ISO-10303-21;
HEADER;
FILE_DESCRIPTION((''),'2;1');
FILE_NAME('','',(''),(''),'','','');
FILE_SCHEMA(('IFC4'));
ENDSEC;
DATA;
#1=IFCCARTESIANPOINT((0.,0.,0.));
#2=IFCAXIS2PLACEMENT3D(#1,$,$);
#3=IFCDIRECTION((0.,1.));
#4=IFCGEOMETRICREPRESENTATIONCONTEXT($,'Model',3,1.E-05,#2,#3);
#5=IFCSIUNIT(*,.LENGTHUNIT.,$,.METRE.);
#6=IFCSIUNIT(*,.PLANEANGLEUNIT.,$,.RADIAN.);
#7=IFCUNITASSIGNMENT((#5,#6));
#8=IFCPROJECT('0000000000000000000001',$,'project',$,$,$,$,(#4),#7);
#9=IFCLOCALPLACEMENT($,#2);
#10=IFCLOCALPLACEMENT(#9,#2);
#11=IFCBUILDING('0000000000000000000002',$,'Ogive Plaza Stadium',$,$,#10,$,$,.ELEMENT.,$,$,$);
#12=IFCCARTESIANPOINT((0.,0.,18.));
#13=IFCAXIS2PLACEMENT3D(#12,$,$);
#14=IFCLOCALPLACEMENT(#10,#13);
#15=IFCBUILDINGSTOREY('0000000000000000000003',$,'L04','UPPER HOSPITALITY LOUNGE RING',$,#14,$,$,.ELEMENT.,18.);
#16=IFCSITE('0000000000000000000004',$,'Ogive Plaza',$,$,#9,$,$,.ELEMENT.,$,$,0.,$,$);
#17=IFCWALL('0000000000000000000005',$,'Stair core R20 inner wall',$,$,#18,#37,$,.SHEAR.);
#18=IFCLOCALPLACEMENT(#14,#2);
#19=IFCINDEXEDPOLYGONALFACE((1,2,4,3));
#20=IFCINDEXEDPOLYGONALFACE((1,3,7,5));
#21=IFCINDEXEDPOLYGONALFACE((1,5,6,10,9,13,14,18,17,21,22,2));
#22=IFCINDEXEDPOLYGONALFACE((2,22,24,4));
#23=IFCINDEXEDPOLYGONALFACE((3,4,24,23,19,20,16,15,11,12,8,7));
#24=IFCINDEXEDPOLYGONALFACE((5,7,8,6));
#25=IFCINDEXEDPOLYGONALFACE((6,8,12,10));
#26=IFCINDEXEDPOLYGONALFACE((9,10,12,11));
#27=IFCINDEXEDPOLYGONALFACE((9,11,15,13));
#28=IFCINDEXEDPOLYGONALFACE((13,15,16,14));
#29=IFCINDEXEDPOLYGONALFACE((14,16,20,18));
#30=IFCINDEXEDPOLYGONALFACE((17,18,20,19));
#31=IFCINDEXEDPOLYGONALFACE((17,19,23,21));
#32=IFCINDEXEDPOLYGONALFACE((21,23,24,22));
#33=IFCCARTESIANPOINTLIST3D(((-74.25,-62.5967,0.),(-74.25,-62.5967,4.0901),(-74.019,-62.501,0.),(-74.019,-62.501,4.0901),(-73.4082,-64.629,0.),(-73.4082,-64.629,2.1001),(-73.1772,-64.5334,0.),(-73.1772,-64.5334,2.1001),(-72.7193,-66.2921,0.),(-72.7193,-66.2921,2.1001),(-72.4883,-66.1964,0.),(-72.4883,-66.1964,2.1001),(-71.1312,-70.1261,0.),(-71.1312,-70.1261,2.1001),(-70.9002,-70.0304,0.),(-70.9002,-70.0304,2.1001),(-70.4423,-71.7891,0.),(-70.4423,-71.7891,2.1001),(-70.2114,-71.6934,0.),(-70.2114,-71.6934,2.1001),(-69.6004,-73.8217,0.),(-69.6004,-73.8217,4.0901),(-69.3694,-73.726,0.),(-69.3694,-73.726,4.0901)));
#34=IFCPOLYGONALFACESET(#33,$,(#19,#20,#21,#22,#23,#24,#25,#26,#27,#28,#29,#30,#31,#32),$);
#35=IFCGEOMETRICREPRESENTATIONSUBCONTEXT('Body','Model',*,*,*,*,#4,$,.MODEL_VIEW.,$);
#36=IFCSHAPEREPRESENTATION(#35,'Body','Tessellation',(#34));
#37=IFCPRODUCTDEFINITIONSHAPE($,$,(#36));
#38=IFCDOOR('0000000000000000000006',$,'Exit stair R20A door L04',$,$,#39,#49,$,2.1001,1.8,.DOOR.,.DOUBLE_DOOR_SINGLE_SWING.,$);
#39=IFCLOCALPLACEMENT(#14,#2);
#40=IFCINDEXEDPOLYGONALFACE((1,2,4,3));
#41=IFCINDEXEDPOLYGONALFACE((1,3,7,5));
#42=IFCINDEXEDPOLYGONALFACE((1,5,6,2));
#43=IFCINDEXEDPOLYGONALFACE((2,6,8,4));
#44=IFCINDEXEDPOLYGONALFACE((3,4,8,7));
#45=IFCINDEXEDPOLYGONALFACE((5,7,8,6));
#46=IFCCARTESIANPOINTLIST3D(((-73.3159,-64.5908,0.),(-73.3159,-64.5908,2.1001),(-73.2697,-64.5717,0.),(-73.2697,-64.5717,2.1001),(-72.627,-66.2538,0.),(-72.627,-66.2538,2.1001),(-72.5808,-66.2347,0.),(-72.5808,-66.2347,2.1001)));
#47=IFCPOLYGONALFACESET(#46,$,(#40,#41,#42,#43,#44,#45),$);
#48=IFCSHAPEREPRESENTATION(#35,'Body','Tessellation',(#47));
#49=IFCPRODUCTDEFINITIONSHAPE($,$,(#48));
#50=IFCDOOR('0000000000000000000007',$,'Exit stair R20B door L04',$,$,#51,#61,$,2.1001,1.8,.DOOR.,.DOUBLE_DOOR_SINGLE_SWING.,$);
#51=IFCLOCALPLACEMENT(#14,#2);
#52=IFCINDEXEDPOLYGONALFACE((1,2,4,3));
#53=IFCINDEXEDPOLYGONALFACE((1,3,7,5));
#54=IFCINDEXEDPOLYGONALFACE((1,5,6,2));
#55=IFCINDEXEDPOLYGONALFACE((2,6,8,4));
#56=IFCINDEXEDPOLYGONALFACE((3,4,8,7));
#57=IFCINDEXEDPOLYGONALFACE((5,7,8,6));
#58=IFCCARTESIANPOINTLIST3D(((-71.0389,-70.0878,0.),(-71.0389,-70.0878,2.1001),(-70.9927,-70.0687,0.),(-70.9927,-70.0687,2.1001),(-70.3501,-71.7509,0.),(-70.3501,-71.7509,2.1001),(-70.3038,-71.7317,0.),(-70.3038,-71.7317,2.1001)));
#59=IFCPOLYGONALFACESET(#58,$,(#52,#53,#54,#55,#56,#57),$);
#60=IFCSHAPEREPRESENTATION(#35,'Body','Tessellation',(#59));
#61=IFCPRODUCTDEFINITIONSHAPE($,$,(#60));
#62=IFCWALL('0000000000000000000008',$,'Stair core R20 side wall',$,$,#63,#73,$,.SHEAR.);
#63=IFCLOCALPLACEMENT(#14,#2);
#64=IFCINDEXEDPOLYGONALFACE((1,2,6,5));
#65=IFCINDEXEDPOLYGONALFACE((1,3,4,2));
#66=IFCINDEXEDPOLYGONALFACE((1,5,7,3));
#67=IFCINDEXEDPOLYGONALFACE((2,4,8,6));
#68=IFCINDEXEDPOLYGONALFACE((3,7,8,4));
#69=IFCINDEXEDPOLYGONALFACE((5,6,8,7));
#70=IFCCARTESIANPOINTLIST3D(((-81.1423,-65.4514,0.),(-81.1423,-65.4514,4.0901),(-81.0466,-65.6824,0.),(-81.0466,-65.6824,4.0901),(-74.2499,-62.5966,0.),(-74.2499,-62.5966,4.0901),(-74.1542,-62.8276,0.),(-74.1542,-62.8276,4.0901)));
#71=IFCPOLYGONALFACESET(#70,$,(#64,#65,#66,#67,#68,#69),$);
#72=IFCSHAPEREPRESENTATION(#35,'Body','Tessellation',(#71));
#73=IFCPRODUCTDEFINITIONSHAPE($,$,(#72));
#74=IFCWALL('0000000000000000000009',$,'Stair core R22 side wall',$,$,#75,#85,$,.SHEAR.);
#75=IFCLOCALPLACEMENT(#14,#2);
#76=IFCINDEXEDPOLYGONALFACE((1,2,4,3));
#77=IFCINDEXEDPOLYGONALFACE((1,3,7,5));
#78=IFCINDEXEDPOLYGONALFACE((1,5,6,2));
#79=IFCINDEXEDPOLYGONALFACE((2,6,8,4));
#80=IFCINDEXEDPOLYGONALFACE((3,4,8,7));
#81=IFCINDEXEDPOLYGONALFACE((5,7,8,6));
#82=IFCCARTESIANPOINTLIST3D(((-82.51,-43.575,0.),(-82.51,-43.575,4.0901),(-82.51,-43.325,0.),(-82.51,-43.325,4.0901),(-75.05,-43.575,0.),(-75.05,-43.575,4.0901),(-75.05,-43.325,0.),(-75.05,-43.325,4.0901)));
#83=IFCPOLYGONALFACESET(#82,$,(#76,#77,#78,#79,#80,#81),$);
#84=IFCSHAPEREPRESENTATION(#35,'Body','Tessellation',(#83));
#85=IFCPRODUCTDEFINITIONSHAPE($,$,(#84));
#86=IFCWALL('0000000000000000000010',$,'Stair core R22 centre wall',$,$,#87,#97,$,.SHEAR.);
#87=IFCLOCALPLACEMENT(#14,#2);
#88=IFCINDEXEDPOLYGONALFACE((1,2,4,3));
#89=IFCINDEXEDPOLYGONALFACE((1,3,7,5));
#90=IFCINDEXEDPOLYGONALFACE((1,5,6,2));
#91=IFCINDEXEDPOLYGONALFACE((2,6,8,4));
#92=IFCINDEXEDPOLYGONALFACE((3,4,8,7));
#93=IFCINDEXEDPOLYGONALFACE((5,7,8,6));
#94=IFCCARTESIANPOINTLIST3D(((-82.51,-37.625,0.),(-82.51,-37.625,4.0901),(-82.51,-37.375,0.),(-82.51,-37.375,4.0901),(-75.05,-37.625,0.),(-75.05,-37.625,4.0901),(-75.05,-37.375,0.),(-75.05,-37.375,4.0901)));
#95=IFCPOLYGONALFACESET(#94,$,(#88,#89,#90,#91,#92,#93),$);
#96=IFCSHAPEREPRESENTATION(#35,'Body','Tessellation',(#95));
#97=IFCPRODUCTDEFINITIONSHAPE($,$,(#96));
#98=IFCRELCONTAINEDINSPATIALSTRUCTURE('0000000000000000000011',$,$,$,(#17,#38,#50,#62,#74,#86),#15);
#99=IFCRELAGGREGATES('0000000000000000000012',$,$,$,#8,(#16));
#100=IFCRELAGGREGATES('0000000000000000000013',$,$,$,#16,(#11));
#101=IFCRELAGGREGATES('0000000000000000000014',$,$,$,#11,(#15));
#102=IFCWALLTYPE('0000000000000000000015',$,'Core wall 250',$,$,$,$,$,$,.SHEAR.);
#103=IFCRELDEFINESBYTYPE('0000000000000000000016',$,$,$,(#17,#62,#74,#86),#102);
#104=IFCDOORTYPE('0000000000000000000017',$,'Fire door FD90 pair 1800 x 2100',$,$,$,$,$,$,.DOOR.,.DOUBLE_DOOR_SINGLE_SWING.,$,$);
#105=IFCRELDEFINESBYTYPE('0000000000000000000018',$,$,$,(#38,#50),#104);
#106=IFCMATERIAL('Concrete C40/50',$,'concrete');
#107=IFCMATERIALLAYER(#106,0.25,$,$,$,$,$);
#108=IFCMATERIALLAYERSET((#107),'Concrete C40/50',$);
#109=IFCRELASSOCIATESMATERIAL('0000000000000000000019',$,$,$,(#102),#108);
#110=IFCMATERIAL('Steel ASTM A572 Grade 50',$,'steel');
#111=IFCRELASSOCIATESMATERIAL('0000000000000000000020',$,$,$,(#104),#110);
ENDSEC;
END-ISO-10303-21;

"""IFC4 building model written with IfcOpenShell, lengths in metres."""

from ifc_helpers import new_model, si_unit, direction, frame, frame_2d, origin, place, context, subcontext, project, spatial, rectangle, extrude, material, layer, layer_set, type_object, element, fill, save


model = new_model("IFC4")

# Units and contexts
model_context = context("Model", 3, precision=1e-05, world=origin(), true_north=direction((0.0, 1.0)))
body_context = subcontext(model_context, "Body", "Model", "MODEL_VIEW")
ifc_project = project(units=[si_unit("LENGTHUNIT", "METRE"), si_unit("PLANEANGLEUNIT", "RADIAN")], contexts=[model_context])

# Site, building, storey
site_placement = place(None, origin())
site = spatial("IfcSite", under=ifc_project, at=site_placement, Name="Ogive Plaza", CompositionType="ELEMENT", RefElevation=0.0)
building_placement = place(site_placement, origin())
building = spatial("IfcBuilding", under=site, at=building_placement, Name="Ogive Plaza Stadium", CompositionType="ELEMENT")
storey_placement = place(building_placement, frame((0.0, 0.0, 18.0)))
storey = spatial("IfcBuildingStorey", under=building, at=storey_placement, Name="L04", Description="UPPER HOSPITALITY LOUNGE RING", CompositionType="ELEMENT", Elevation=18.0)

# Wall, openings, doors
ifc_material_1 = material(Name="Concrete C40/50", Category="concrete")
ifc_layer_1 = layer(ifc_material_1, 0.25)
ifc_layer_set_1 = layer_set([ifc_layer_1], Name="Concrete C40/50")
wall_type = type_object("IfcWallType", Name="Core wall 250", PredefinedType="SHEAR", material=ifc_layer_set_1)
wall_1_placement = place(storey_placement, frame((-74.1345, -62.5488, 0.0), z_axis=(0.0, 0.0, 1.0), x_axis=(0.382688, -0.923877, 0.0)))
wall_1 = element("IfcWall", 1, at=wall_1_placement, inside=storey, type_object=wall_type, Name="Stair core R20 inner wall", PredefinedType="SHEAR", context=body_context, shape_type="SweptSolid", body=[
    extrude(rectangle(XDim=12.1499, YDim=0.25, at=frame_2d((6.075, 0.0))), origin(), (0.0, 0.0, 1.0), 4.0901),
])
opening_1_placement = place(wall_1_placement, frame((2.2, 0.0, 0.0)))
opening_1 = element("IfcOpeningElement", 2, at=opening_1_placement, cuts=wall_1, PredefinedType="OPENING", context=body_context, shape_type="SweptSolid", body=[
    extrude(rectangle(XDim=1.8, YDim=2.1001, at=frame_2d((0.8999, 1.05))), frame((0.0, 0.125, 0.0), z_axis=(0.0, -1.0, 0.0), x_axis=(1.0, 0.0, 0.0)), (0.0, 0.0, 1.0), 0.25),
])
opening_2_placement = place(wall_1_placement, frame((8.1499, 0.0, 0.0)))
opening_2 = element("IfcOpeningElement", 3, at=opening_2_placement, cuts=wall_1, PredefinedType="OPENING", context=body_context, shape_type="SweptSolid", body=[
    extrude(rectangle(XDim=1.8, YDim=2.1001, at=frame_2d((0.8999, 1.05))), frame((0.0, 0.125, 0.0), z_axis=(0.0, -1.0, 0.0), x_axis=(1.0, 0.0, 0.0)), (0.0, 0.0, 1.0), 0.25),
])
ifc_material_2 = material(Name="Steel ASTM A572 Grade 50", Category="steel")
door_type = type_object("IfcDoorType", Name="Fire door FD90 pair 1800 x 2100", OperationType="DOUBLE_DOOR_SINGLE_SWING", PredefinedType="DOOR", material=ifc_material_2)
door_1_placement = place(opening_1_placement, origin())
door_1 = element("IfcDoor", 4, at=door_1_placement, inside=storey, type_object=door_type, Name="Exit stair R20A door L04", OperationType="DOUBLE_DOOR_SINGLE_SWING", OverallHeight=2.1001, OverallWidth=1.8, PredefinedType="DOOR", context=body_context, shape_type="SweptSolid", body=[
    extrude(rectangle(XDim=1.8, YDim=2.1001, at=frame_2d((0.8999, 1.05))), frame((0.0, 0.0249, 0.0), z_axis=(0.0, -1.0, 0.0), x_axis=(1.0, 0.0, 0.0)), (0.0, 0.0, 1.0), 0.05),
])
fill(opening_1, door_1)
door_2_placement = place(opening_2_placement, origin())
door_2 = element("IfcDoor", 5, at=door_2_placement, inside=storey, type_object=door_type, Name="Exit stair R20B door L04", OperationType="DOUBLE_DOOR_SINGLE_SWING", OverallHeight=2.1001, OverallWidth=1.8, PredefinedType="DOOR", context=body_context, shape_type="SweptSolid", body=[
    extrude(rectangle(XDim=1.8, YDim=2.1001, at=frame_2d((0.8999, 1.05))), frame((0.0, 0.0249, 0.0), z_axis=(0.0, -1.0, 0.0), x_axis=(1.0, 0.0, 0.0)), (0.0, 0.0, 1.0), 0.05),
])
fill(opening_2, door_2)

# Walls
wall_2_placement = place(storey_placement, frame((-74.2021, -62.7122, 0.0), z_axis=(0.0, 0.0, 1.0), x_axis=(-0.923887, -0.382665, 0.0)))
element("IfcWall", 6, at=wall_2_placement, inside=storey, type_object=wall_type, Name="Stair core R20 side wall", PredefinedType="SHEAR", context=body_context, shape_type="SweptSolid", body=[
    extrude(rectangle(XDim=7.4602, YDim=0.25, at=frame_2d((3.73, 0.0))), origin(), (0.0, 0.0, 1.0), 4.0901),
])
for number, where, z_axis, x_axis, name in (
    (7, (-75.05, -43.45, 0.0), (0.0, 0.0, 1.0), (-1.0, 0.0, 0.0), "Stair core R22 side wall"),
    (8, (-75.05, -37.5, 0.0), (0.0, 0.0, 1.0), (-1.0, 0.0, 0.0), "Stair core R22 centre wall"),
):
    element("IfcWall", number, at=place(storey_placement, frame(where, z_axis=z_axis, x_axis=x_axis)), inside=storey, type_object=wall_type, Name=name, PredefinedType="SHEAR", context=body_context, shape_type="SweptSolid", body=[
        extrude(rectangle(XDim=7.46, YDim=0.25, at=frame_2d((3.73, 0.0))), origin(), (0.0, 0.0, 1.0), 4.0901),
    ])

save(model, "model.ifc")
